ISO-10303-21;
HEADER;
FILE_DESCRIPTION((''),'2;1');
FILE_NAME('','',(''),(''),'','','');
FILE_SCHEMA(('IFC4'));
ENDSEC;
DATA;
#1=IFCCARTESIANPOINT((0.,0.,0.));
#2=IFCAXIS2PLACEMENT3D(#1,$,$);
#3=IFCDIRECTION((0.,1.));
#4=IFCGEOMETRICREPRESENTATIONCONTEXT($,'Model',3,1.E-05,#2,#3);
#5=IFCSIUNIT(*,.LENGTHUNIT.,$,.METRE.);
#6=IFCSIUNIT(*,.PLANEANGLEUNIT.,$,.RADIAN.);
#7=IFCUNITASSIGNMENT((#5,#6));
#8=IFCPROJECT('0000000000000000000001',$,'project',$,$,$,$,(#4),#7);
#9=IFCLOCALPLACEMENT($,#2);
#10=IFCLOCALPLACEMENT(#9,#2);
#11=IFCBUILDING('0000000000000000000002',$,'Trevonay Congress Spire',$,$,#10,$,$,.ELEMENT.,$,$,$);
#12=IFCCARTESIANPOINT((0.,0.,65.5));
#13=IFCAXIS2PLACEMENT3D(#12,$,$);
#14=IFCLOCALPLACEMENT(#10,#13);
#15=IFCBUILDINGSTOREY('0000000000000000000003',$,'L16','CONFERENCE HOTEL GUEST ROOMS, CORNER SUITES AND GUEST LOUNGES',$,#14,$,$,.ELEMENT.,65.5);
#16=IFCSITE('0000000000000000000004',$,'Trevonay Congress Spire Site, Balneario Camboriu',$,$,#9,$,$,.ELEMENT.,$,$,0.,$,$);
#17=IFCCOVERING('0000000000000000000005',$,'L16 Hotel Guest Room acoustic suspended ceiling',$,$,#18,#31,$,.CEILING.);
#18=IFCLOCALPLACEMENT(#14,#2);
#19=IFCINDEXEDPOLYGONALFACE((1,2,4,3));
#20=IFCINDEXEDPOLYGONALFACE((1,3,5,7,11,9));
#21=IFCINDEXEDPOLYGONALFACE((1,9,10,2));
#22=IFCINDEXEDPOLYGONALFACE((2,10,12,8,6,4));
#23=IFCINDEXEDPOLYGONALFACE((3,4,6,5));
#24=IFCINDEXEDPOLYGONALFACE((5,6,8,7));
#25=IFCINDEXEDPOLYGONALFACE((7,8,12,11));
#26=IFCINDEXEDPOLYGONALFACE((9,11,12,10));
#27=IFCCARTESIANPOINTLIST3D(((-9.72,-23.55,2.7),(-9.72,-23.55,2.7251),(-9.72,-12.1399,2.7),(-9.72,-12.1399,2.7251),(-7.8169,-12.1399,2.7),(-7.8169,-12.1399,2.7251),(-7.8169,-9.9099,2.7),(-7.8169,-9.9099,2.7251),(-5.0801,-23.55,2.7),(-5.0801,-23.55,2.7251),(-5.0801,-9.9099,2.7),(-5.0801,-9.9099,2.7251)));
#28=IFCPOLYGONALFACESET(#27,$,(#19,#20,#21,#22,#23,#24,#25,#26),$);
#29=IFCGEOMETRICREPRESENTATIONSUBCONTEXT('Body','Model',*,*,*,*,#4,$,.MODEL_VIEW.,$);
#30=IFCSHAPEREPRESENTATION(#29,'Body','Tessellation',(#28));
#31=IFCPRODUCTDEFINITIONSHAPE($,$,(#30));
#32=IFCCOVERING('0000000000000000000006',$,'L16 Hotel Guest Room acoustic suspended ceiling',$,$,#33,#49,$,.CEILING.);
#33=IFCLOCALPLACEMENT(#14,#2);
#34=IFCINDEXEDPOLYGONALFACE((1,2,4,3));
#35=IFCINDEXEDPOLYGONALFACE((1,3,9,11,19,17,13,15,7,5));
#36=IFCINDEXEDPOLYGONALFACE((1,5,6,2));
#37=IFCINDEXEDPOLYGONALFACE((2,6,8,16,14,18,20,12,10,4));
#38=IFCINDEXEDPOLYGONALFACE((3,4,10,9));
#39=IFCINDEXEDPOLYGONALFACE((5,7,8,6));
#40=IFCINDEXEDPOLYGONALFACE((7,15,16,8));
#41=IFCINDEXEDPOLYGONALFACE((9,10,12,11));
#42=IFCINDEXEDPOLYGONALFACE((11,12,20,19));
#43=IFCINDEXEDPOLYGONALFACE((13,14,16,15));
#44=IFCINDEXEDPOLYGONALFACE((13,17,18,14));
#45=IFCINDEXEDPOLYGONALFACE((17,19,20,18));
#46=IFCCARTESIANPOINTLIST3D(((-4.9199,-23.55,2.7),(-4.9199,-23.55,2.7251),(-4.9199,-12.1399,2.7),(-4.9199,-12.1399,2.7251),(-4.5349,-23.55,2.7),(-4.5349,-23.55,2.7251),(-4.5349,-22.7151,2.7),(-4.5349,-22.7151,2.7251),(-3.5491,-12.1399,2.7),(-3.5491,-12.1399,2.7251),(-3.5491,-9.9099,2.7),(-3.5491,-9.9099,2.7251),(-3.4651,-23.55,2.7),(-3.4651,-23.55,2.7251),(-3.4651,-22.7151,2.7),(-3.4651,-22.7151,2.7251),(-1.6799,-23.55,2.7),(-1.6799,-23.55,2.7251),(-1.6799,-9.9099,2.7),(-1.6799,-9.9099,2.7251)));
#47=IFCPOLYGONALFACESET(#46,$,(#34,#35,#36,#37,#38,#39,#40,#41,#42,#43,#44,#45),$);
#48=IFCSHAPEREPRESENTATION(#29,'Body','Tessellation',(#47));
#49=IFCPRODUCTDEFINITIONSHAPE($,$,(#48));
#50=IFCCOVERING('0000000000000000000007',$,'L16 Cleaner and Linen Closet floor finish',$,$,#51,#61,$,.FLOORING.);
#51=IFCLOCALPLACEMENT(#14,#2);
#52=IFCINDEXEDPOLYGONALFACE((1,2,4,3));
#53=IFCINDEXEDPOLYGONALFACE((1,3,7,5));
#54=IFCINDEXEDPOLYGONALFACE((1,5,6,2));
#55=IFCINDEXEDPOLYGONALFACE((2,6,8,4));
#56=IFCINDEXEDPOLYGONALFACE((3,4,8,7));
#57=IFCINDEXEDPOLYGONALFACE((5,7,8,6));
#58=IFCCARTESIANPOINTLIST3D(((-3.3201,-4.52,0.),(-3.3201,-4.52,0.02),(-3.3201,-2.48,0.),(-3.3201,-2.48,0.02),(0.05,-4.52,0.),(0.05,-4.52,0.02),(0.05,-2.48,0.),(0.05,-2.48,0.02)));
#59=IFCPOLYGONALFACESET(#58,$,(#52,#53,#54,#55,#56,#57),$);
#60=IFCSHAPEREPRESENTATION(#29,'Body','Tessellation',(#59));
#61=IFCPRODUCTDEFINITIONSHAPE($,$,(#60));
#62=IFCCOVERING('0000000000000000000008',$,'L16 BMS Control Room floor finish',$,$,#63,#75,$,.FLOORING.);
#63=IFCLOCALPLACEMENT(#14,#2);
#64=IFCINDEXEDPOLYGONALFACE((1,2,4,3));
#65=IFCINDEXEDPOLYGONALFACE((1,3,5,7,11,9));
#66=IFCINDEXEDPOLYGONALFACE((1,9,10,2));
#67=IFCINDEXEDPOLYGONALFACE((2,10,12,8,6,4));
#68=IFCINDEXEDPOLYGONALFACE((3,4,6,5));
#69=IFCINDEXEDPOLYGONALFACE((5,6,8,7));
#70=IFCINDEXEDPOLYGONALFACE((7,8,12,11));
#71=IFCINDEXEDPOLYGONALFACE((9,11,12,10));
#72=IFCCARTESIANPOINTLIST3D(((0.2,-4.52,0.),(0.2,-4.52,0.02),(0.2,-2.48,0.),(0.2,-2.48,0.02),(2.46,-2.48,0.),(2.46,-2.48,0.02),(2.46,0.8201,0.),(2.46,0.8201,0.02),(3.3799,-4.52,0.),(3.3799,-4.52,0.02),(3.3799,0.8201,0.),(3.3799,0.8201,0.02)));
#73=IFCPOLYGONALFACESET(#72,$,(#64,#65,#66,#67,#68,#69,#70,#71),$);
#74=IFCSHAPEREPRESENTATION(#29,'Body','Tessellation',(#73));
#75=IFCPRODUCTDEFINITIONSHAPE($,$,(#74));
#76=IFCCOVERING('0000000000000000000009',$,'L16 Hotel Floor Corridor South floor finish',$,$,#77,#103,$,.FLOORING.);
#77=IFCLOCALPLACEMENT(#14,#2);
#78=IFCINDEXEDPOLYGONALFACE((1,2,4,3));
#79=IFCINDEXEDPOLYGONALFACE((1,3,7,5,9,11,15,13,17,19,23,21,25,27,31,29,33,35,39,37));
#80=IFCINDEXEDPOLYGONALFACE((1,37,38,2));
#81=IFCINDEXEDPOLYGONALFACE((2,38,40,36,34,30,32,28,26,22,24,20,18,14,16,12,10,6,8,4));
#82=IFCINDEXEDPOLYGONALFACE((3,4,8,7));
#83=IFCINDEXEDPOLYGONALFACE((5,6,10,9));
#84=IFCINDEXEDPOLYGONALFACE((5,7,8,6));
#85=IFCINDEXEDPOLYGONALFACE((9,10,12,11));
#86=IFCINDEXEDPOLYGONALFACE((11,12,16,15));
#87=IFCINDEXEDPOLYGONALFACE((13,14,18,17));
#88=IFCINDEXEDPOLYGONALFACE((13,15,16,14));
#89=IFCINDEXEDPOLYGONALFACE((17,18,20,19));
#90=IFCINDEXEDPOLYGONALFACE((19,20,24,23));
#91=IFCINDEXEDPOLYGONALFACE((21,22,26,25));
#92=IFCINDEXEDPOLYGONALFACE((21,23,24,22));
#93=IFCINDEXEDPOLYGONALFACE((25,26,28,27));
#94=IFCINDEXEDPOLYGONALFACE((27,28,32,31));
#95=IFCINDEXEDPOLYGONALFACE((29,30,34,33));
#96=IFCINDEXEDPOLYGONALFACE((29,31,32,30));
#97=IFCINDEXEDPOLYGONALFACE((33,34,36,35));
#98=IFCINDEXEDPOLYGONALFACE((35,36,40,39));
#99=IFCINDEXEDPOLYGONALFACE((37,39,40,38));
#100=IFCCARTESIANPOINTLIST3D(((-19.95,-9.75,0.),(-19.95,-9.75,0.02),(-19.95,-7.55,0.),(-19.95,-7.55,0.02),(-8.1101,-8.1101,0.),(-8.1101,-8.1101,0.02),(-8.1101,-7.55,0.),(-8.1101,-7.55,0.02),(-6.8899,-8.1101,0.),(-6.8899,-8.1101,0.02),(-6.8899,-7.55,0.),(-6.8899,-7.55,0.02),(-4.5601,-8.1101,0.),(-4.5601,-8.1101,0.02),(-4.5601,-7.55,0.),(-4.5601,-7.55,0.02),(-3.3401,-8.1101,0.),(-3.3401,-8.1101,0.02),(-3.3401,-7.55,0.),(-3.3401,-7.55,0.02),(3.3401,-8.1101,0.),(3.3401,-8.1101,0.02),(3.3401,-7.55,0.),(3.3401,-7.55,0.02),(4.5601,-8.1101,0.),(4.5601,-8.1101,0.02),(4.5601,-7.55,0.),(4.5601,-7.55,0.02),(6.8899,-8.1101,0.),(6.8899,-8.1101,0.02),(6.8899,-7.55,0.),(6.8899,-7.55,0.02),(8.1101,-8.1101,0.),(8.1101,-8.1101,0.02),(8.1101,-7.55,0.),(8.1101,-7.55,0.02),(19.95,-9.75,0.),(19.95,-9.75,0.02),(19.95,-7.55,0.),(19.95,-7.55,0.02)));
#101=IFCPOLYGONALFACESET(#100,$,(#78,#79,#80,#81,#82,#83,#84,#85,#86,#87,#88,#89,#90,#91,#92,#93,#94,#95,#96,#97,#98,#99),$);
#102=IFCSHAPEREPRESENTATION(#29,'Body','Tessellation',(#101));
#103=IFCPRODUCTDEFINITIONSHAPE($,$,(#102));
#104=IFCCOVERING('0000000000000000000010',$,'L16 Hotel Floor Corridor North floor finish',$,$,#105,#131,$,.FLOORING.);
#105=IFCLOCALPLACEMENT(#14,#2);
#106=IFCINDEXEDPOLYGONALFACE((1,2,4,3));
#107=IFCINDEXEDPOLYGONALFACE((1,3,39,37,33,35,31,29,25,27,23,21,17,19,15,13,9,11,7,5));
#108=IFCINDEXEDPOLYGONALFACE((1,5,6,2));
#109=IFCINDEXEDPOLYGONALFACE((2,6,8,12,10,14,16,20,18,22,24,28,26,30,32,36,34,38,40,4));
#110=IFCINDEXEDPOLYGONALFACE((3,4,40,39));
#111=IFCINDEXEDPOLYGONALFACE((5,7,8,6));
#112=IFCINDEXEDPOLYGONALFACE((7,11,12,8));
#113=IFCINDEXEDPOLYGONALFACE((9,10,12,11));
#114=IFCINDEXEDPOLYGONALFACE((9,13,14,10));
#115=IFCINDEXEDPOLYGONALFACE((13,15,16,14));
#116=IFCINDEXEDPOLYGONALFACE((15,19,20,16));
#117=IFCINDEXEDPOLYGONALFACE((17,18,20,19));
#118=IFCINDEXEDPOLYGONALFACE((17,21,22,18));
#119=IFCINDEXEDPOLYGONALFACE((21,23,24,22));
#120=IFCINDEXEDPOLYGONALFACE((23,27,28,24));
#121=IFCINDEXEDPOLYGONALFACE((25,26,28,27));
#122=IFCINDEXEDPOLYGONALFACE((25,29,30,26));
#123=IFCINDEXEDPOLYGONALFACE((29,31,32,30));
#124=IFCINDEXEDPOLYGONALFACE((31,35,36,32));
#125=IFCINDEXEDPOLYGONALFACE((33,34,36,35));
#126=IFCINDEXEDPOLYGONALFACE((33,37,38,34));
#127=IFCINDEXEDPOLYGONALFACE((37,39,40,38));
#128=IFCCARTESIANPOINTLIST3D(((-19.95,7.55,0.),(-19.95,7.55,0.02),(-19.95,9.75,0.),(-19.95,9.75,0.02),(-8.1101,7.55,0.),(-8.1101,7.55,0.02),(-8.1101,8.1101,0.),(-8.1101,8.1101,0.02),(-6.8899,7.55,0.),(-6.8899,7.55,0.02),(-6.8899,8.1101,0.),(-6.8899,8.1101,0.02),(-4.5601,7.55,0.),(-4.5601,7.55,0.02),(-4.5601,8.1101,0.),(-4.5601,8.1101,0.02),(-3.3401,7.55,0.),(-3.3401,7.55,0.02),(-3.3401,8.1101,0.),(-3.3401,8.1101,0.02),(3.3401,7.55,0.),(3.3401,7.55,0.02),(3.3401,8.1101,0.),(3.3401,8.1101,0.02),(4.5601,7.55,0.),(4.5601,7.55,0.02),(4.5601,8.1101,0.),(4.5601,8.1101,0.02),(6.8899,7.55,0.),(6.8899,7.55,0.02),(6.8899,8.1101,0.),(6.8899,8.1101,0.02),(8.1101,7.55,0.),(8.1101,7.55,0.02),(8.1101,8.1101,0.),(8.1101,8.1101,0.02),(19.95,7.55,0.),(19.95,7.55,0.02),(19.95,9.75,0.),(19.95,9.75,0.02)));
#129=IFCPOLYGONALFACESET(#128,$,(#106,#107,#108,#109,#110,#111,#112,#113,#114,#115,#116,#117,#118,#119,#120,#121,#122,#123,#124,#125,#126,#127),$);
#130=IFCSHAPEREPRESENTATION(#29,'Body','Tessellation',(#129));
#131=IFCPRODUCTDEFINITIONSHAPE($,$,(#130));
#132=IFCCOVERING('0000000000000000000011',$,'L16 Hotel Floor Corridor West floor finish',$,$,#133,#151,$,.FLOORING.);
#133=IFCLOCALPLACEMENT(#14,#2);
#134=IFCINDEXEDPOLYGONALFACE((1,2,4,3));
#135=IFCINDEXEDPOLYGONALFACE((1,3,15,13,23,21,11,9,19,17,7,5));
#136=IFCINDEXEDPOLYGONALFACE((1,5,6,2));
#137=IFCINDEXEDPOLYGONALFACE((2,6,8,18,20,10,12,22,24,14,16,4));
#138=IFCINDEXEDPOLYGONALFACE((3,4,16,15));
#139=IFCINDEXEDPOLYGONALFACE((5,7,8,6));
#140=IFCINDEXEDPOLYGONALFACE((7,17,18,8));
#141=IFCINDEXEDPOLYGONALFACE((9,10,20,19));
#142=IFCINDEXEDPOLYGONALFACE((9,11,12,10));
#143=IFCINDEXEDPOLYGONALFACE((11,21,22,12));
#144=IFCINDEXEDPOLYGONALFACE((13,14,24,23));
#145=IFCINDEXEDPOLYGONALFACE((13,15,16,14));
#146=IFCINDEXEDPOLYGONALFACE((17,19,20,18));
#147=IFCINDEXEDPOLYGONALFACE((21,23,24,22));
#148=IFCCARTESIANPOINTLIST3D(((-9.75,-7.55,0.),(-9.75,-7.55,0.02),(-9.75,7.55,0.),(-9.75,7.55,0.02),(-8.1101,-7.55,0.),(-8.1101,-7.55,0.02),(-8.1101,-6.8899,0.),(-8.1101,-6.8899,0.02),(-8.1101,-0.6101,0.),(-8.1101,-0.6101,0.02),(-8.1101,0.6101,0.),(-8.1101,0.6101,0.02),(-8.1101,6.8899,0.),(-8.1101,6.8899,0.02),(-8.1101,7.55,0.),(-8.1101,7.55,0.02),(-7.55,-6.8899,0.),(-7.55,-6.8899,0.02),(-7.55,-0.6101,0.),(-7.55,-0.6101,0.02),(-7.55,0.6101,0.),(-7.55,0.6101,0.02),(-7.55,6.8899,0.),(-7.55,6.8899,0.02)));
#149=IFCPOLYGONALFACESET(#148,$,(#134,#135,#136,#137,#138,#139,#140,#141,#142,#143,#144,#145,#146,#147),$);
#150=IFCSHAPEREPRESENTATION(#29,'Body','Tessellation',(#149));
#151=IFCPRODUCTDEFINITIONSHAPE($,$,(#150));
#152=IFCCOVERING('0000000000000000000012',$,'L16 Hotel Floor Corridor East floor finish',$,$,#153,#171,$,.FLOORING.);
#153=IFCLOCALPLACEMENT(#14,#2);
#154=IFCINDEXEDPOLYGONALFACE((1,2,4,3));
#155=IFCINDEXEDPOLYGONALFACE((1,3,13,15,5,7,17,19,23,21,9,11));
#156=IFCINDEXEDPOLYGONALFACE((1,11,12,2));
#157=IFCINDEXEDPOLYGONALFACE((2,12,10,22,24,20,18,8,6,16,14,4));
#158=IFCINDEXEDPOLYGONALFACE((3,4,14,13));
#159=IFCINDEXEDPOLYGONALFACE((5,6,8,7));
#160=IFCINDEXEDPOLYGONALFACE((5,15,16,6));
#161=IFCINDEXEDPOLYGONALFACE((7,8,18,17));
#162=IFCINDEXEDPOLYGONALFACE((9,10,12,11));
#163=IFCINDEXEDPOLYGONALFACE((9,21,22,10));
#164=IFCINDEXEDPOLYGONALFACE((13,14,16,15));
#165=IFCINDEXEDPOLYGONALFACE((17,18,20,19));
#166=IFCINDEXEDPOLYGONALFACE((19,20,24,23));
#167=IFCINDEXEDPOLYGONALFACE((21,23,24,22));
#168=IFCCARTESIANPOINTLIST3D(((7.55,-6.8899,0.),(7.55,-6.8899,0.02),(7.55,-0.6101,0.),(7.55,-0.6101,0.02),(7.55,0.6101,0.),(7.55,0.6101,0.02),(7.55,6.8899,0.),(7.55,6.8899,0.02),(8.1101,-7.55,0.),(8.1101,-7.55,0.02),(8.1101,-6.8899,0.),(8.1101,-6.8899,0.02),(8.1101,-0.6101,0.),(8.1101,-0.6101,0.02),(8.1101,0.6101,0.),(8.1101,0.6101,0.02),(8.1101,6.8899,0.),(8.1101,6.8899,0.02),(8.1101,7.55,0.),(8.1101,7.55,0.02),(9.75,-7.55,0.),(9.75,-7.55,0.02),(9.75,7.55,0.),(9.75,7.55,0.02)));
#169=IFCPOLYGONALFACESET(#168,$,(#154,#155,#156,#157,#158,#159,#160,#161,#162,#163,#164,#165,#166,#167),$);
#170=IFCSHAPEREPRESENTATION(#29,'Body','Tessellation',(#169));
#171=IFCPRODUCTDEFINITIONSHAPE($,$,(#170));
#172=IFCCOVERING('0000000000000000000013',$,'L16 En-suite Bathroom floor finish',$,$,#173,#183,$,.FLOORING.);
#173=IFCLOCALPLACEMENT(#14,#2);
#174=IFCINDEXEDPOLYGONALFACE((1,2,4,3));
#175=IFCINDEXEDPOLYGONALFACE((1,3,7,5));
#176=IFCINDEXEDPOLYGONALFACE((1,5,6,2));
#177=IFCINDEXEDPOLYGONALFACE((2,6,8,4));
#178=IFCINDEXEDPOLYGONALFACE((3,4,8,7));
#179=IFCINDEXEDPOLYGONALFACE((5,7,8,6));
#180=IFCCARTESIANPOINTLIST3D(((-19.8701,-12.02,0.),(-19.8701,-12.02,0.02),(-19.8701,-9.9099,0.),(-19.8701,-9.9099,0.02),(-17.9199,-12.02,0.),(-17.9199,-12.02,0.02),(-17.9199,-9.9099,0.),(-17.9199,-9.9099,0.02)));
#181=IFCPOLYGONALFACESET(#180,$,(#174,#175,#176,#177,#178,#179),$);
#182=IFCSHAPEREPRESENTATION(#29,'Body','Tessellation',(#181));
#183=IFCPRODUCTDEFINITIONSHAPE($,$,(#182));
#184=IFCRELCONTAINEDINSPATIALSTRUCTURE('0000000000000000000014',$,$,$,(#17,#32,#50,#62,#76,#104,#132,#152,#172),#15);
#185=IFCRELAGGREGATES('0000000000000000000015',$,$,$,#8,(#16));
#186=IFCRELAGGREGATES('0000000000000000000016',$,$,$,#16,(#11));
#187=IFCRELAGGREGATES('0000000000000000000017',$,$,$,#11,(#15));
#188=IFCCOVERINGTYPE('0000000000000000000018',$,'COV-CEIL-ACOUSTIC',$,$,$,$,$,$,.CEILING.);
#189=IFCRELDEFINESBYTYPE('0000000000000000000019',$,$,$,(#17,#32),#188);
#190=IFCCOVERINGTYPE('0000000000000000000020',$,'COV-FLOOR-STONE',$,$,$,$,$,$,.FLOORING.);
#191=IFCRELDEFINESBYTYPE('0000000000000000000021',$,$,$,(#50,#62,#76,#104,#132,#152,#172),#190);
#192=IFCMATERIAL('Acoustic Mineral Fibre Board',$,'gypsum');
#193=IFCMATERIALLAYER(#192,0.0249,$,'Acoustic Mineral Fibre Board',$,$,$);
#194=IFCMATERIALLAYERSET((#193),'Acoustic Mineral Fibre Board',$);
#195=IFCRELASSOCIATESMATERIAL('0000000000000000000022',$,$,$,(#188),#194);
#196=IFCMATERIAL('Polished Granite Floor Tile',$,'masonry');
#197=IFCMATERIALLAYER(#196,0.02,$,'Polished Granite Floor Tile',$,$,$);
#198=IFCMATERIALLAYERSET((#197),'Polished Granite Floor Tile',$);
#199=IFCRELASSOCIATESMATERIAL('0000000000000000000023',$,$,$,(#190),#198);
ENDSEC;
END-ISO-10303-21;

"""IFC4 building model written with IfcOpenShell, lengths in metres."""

from ifc_helpers import new_model, si_unit, direction, frame, origin, place, context, subcontext, project, spatial, polyline, outline, extrude, material, layer, layer_set, type_object, element, save


model = new_model("IFC4")

# Units and contexts
model_context = context("Model", 3, precision=1e-05, world=origin(), true_north=direction((0.0, 1.0)))
body_context = subcontext(model_context, "Body", "Model", "MODEL_VIEW")
ifc_project = project(units=[si_unit("LENGTHUNIT", "METRE"), si_unit("PLANEANGLEUNIT", "RADIAN")], contexts=[model_context])

# Site, building, storey
site_placement = place(None, origin())
site = spatial("IfcSite", under=ifc_project, at=site_placement, Name="Trevonay Congress Spire Site, Balneario Camboriu", CompositionType="ELEMENT", RefElevation=0.0)
building_placement = place(site_placement, origin())
building = spatial("IfcBuilding", under=site, at=building_placement, Name="Trevonay Congress Spire", CompositionType="ELEMENT")
storey_placement = place(building_placement, frame((0.0, 0.0, 65.5)))
storey = spatial("IfcBuildingStorey", under=building, at=storey_placement, Name="L16", Description="CONFERENCE HOTEL GUEST ROOMS, CORNER SUITES AND GUEST LOUNGES", CompositionType="ELEMENT", Elevation=65.5)

# Coverings
ifc_material_1 = material(Name="Acoustic Mineral Fibre Board", Category="gypsum")
ifc_layer_1 = layer(ifc_material_1, 0.0249, Name="Acoustic Mineral Fibre Board")
ifc_layer_set_1 = layer_set([ifc_layer_1], Name="Acoustic Mineral Fibre Board")
covering_type_1 = type_object("IfcCoveringType", Name="COV-CEIL-ACOUSTIC", PredefinedType="CEILING", material=ifc_layer_set_1)
covering_1_placement = place(storey_placement, frame((0.0, 0.0, 2.7)))
element("IfcCovering", 1, at=covering_1_placement, inside=storey, type_object=covering_type_1, Name="L16 Hotel Guest Room acoustic suspended ceiling", PredefinedType="CEILING", context=body_context, shape_type="SweptSolid", body=[
    extrude(outline(polyline([(-9.72, -23.55), (-5.0801, -23.55), (-5.0801, -9.9099), (-7.8169, -9.9099), (-7.8169, -12.1399), (-9.72, -12.1399), (-9.72, -23.55)])), origin(), (0.0, 0.0, 1.0), 0.0251),
])
covering_2_placement = place(storey_placement, frame((0.0, 0.0, 2.7)))
element("IfcCovering", 2, at=covering_2_placement, inside=storey, type_object=covering_type_1, Name="L16 Hotel Guest Room acoustic suspended ceiling", PredefinedType="CEILING", context=body_context, shape_type="SweptSolid", body=[
    extrude(outline(polyline([(-4.9199, -23.55), (-4.9199, -12.1399), (-3.5491, -12.1399), (-3.5491, -9.9099), (-1.6799, -9.9099), (-1.6799, -23.55), (-3.4651, -23.55), (-3.4651, -22.7151), (-4.5349, -22.7151), (-4.5349, -23.55), (-4.9199, -23.55)])), origin(), (0.0, 0.0, 1.0), 0.0251),
])
ifc_material_2 = material(Name="Polished Granite Floor Tile", Category="masonry")
ifc_layer_2 = layer(ifc_material_2, 0.02, Name="Polished Granite Floor Tile")
ifc_layer_set_2 = layer_set([ifc_layer_2], Name="Polished Granite Floor Tile")
covering_type_2 = type_object("IfcCoveringType", Name="COV-FLOOR-STONE", PredefinedType="FLOORING", material=ifc_layer_set_2)
covering_3_placement = place(storey_placement, origin())
element("IfcCovering", 3, at=covering_3_placement, inside=storey, type_object=covering_type_2, Name="L16 Cleaner and Linen Closet floor finish", PredefinedType="FLOORING", context=body_context, shape_type="SweptSolid", body=[
    extrude(outline(polyline([(-3.3201, -4.52), (0.05, -4.52), (0.05, -2.48), (-3.3201, -2.48), (-3.3201, -4.52)])), origin(), (0.0, 0.0, 1.0), 0.02),
])
covering_4_placement = place(storey_placement, origin())
element("IfcCovering", 4, at=covering_4_placement, inside=storey, type_object=covering_type_2, Name="L16 BMS Control Room floor finish", PredefinedType="FLOORING", context=body_context, shape_type="SweptSolid", body=[
    extrude(outline(polyline([(0.2, -4.52), (3.3799, -4.52), (3.3799, 0.8201), (2.46, 0.8201), (2.46, -2.48), (0.2, -2.48), (0.2, -4.52)])), origin(), (0.0, 0.0, 1.0), 0.02),
])
covering_5_placement = place(storey_placement, origin())
element("IfcCovering", 5, at=covering_5_placement, inside=storey, type_object=covering_type_2, Name="L16 Hotel Floor Corridor South floor finish", PredefinedType="FLOORING", context=body_context, shape_type="SweptSolid", body=[
    extrude(outline(polyline([(19.95, -7.55), (19.95, -9.75), (-19.95, -9.75), (-19.95, -7.55), (-8.1101, -7.55), (-8.1101, -8.1101), (-6.8899, -8.1101), (-6.8899, -7.55), (-4.5601, -7.55), (-4.5601, -8.1101), (-3.3401, -8.1101), (-3.3401, -7.55), (3.3401, -7.55), (3.3401, -8.1101), (4.5601, -8.1101), (4.5601, -7.55), (6.8899, -7.55), (6.8899, -8.1101), (8.1101, -8.1101), (8.1101, -7.55), (19.95, -7.55)])), origin(), (0.0, 0.0, 1.0), 0.02),
])
covering_6_placement = place(storey_placement, origin())
element("IfcCovering", 6, at=covering_6_placement, inside=storey, type_object=covering_type_2, Name="L16 Hotel Floor Corridor North floor finish", PredefinedType="FLOORING", context=body_context, shape_type="SweptSolid", body=[
    extrude(outline(polyline([(-19.95, 7.55), (-19.95, 9.75), (19.95, 9.75), (19.95, 7.55), (8.1101, 7.55), (8.1101, 8.1101), (6.8899, 8.1101), (6.8899, 7.55), (4.5601, 7.55), (4.5601, 8.1101), (3.3401, 8.1101), (3.3401, 7.55), (-3.3401, 7.55), (-3.3401, 8.1101), (-4.5601, 8.1101), (-4.5601, 7.55), (-6.8899, 7.55), (-6.8899, 8.1101), (-8.1101, 8.1101), (-8.1101, 7.55), (-19.95, 7.55)])), origin(), (0.0, 0.0, 1.0), 0.02),
])
covering_7_placement = place(storey_placement, origin())
element("IfcCovering", 7, at=covering_7_placement, inside=storey, type_object=covering_type_2, Name="L16 Hotel Floor Corridor West floor finish", PredefinedType="FLOORING", context=body_context, shape_type="SweptSolid", body=[
    extrude(outline(polyline([(-9.75, 7.55), (-8.1101, 7.55), (-8.1101, 6.8899), (-7.55, 6.8899), (-7.55, 0.6101), (-8.1101, 0.6101), (-8.1101, -0.6101), (-7.55, -0.6101), (-7.55, -6.8899), (-8.1101, -6.8899), (-8.1101, -7.55), (-9.75, -7.55), (-9.75, 7.55)])), origin(), (0.0, 0.0, 1.0), 0.02),
])
covering_8_placement = place(storey_placement, origin())
element("IfcCovering", 8, at=covering_8_placement, inside=storey, type_object=covering_type_2, Name="L16 Hotel Floor Corridor East floor finish", PredefinedType="FLOORING", context=body_context, shape_type="SweptSolid", body=[
    extrude(outline(polyline([(9.75, -7.55), (8.1101, -7.55), (8.1101, -6.8899), (7.55, -6.8899), (7.55, -0.6101), (8.1101, -0.6101), (8.1101, 0.6101), (7.55, 0.6101), (7.55, 6.8899), (8.1101, 6.8899), (8.1101, 7.55), (9.75, 7.55), (9.75, -7.55)])), origin(), (0.0, 0.0, 1.0), 0.02),
])
covering_9_placement = place(storey_placement, origin())
element("IfcCovering", 9, at=covering_9_placement, inside=storey, type_object=covering_type_2, Name="L16 En-suite Bathroom floor finish", PredefinedType="FLOORING", context=body_context, shape_type="SweptSolid", body=[
    extrude(outline(polyline([(-19.8701, -12.02), (-17.9199, -12.02), (-17.9199, -9.9099), (-19.8701, -9.9099), (-19.8701, -12.02)])), origin(), (0.0, 0.0, 1.0), 0.02),
])

save(model, "model.ifc")
